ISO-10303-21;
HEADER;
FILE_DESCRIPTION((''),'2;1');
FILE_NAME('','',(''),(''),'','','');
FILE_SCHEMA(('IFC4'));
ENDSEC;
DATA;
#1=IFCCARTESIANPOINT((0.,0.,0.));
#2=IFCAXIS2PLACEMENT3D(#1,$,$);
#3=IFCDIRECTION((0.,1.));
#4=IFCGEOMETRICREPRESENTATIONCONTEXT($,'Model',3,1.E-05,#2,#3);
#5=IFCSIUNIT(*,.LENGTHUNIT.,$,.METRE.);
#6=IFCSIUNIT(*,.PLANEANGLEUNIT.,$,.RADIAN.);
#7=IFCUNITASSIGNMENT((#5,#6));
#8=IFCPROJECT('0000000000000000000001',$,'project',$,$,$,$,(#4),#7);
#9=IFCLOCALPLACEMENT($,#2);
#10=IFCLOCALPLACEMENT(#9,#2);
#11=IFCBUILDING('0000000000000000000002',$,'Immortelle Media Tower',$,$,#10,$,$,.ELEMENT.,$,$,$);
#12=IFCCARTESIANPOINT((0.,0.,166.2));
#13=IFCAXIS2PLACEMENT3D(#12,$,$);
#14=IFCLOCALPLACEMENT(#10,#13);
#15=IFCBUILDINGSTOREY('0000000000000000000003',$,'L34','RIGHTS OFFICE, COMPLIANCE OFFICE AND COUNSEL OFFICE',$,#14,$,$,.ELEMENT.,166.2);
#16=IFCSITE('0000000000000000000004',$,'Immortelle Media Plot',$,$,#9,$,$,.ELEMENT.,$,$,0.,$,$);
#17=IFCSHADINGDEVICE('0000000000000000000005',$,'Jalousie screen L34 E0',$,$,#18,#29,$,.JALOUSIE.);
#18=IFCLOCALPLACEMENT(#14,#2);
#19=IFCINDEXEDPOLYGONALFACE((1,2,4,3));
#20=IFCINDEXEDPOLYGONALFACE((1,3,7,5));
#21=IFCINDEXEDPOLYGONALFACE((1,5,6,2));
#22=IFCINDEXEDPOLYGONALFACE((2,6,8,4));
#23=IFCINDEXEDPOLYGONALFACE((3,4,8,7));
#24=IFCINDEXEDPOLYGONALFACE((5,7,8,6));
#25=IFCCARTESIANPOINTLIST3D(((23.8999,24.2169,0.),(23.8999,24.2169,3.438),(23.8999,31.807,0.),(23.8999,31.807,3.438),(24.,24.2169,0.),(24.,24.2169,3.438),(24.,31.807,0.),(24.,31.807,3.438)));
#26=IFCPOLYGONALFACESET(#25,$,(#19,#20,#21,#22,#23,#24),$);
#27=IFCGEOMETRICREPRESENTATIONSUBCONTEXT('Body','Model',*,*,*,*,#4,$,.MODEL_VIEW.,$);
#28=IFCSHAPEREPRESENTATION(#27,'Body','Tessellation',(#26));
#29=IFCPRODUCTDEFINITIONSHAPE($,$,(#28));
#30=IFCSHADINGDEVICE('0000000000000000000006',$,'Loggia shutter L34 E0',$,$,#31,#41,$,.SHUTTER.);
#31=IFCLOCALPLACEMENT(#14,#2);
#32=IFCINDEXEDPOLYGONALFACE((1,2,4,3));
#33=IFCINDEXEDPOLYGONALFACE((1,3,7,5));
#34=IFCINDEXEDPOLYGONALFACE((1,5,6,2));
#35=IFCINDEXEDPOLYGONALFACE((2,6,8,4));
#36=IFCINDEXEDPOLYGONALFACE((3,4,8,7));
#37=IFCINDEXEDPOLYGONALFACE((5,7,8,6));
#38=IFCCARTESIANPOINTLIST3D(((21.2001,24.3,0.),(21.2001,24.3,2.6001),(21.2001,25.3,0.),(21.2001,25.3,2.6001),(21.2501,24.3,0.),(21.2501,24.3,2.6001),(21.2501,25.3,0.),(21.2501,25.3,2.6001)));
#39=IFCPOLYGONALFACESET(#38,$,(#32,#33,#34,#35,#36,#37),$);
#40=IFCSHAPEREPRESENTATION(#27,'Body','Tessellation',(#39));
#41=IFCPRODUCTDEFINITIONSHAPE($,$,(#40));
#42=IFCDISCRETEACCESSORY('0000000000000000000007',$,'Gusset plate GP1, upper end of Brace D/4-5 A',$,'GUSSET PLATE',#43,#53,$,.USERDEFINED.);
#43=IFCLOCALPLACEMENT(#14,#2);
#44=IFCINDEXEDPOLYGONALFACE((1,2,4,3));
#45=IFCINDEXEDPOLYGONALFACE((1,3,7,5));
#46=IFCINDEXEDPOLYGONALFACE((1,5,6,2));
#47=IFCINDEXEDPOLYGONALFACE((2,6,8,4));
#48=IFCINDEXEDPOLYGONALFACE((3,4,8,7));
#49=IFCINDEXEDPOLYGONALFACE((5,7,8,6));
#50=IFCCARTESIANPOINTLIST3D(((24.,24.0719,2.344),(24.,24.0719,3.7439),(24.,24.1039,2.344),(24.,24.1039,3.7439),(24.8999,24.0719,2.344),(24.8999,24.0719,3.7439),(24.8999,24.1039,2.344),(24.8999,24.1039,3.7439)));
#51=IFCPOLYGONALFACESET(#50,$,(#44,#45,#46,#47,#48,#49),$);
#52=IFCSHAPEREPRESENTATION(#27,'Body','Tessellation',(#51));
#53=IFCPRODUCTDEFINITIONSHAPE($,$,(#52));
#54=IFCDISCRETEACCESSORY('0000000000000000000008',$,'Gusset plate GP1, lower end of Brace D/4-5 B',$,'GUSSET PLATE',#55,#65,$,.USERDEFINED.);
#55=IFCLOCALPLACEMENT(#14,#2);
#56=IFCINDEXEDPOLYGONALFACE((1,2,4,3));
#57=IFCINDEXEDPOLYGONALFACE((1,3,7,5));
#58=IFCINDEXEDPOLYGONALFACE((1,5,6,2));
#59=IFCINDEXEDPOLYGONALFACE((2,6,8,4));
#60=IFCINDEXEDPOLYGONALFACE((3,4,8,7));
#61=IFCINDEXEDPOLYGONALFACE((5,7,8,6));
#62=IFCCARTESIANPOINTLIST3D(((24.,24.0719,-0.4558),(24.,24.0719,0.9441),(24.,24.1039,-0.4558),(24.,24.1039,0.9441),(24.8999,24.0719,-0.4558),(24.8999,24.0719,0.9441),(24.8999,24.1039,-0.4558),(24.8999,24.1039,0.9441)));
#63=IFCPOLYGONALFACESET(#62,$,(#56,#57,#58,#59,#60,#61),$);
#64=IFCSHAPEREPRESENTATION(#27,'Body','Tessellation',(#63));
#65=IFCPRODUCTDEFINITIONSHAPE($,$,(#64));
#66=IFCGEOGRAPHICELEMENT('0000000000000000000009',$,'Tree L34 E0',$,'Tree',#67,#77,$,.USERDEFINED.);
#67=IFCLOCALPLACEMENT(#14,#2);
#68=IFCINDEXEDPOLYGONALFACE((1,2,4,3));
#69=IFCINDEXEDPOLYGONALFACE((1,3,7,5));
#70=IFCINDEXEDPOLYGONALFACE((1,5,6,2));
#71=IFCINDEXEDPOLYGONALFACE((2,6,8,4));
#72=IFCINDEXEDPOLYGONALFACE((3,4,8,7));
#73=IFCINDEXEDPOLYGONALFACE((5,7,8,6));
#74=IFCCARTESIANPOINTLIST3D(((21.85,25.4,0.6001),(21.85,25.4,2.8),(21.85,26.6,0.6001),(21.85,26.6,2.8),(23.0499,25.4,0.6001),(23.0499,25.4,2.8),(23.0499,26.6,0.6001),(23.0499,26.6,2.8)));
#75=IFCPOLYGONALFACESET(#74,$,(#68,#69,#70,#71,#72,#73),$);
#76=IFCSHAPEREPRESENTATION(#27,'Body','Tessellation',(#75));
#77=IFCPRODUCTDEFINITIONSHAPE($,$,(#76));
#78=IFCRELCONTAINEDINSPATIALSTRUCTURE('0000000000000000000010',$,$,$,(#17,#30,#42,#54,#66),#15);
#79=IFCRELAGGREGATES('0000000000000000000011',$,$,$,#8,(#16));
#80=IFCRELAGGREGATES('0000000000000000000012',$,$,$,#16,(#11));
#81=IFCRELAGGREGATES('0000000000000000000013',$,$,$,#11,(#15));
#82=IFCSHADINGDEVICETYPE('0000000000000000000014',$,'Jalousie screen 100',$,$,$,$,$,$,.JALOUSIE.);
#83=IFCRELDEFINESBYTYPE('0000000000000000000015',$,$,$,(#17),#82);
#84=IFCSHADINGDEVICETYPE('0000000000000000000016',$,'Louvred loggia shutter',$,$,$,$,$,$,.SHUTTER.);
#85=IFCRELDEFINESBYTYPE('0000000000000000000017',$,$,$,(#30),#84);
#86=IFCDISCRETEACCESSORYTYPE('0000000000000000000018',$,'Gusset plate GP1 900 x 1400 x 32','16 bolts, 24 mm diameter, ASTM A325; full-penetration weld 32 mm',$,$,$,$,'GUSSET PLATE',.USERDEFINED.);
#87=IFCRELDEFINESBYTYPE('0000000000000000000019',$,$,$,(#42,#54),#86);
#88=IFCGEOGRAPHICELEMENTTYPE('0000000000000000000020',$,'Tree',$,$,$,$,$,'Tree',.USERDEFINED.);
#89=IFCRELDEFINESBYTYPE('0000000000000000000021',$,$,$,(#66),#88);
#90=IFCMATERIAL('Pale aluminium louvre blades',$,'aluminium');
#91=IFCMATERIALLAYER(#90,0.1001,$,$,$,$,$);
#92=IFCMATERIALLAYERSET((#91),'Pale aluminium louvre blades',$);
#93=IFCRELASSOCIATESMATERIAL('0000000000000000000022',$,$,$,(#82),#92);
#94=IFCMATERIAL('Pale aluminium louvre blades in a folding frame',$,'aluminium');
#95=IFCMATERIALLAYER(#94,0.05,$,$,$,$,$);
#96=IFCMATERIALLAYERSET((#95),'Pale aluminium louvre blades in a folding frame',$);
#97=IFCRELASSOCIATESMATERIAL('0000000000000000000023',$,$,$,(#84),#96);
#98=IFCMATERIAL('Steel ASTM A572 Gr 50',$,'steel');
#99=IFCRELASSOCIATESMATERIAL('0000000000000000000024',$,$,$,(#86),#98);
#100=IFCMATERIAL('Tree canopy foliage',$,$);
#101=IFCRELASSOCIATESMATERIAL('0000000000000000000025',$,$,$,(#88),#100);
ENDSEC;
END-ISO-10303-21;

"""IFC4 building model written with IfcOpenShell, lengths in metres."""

from ifc_helpers import new_model, si_unit, direction, frame, origin, origin_2d, place, context, subcontext, project, spatial, rectangle, extrude, material, layer, layer_set, material_profile, profile_set, type_object, element, save


model = new_model("IFC4")

# Units and contexts
model_context = context("Model", 3, precision=1e-05, world=origin(), true_north=direction((0.0, 1.0)))
body_context = subcontext(model_context, "Body", "Model", "MODEL_VIEW")
ifc_project = project(units=[si_unit("LENGTHUNIT", "METRE"), si_unit("PLANEANGLEUNIT", "RADIAN")], contexts=[model_context])

# Site, building, storey
site_placement = place(None, origin())
site = spatial("IfcSite", under=ifc_project, at=site_placement, Name="Immortelle Media Plot", CompositionType="ELEMENT", RefElevation=0.0)
building_placement = place(site_placement, origin())
building = spatial("IfcBuilding", under=site, at=building_placement, Name="Immortelle Media Tower", CompositionType="ELEMENT")
storey_placement = place(building_placement, frame((0.0, 0.0, 166.2)))
storey = spatial("IfcBuildingStorey", under=building, at=storey_placement, Name="L34", Description="RIGHTS OFFICE, COMPLIANCE OFFICE AND COUNSEL OFFICE", CompositionType="ELEMENT", Elevation=166.2)

# Shading devices
ifc_material_1 = material(Name="Pale aluminium louvre blades", Category="aluminium")
ifc_layer_1 = layer(ifc_material_1, 0.1001)
ifc_layer_set_1 = layer_set([ifc_layer_1], Name="Pale aluminium louvre blades")
shading_device_type_1 = type_object("IfcShadingDeviceType", Name="Jalousie screen 100", PredefinedType="JALOUSIE", material=ifc_layer_set_1)
shading_device_1_placement = place(storey_placement, frame((23.95, 28.012, 0.0), z_axis=(0.0, 0.0, 1.0), x_axis=(0.0, 1.0, 0.0)))
element("IfcShadingDevice", 1, at=shading_device_1_placement, inside=storey, type_object=shading_device_type_1, Name="Jalousie screen L34 E0", PredefinedType="JALOUSIE", context=body_context, shape_type="SweptSolid", body=[
    extrude(rectangle(XDim=7.5901, YDim=0.1001, at=origin_2d()), origin(), (0.0, 0.0, 1.0), 3.438),
])
ifc_material_2 = material(Name="Pale aluminium louvre blades in a folding frame", Category="aluminium")
ifc_layer_2 = layer(ifc_material_2, 0.05)
ifc_layer_set_2 = layer_set([ifc_layer_2], Name="Pale aluminium louvre blades in a folding frame")
shading_device_type_2 = type_object("IfcShadingDeviceType", Name="Louvred loggia shutter", PredefinedType="SHUTTER", material=ifc_layer_set_2)
shading_device_2_placement = place(storey_placement, frame((21.2251, 24.8, 0.0), z_axis=(0.0, 0.0, 1.0), x_axis=(0.0, 1.0, 0.0)))
element("IfcShadingDevice", 2, at=shading_device_2_placement, inside=storey, type_object=shading_device_type_2, Name="Loggia shutter L34 E0", PredefinedType="SHUTTER", context=body_context, shape_type="SweptSolid", body=[
    extrude(rectangle(XDim=1.0, YDim=0.05, at=origin_2d()), origin(), (0.0, 0.0, 1.0), 2.6001),
])

# Discrete accessories
ifc_material_3 = material(Name="Steel ASTM A572 Gr 50", Category="steel")
ifc_material_profile_1 = material_profile(ifc_material_3, rectangle(XDim=0.032, YDim=1.3999, at=origin_2d()), Name="PL 32 x 1400")
ifc_profile_set_1 = profile_set([ifc_material_profile_1], Name="Steel ASTM A572 Gr 50")
discrete_accessory_type = type_object("IfcDiscreteAccessoryType", Name="Gusset plate GP1 900 x 1400 x 32", Description="16 bolts, 24 mm diameter, ASTM A325; full-penetration weld 32 mm", ElementType="GUSSET PLATE", PredefinedType="USERDEFINED", material=ifc_profile_set_1)
for number, where, z_axis, x_axis, name in (
    (3, (24.0, 24.0879, 3.0439), (1.0, 0.0, 0.0), (0.0, 1.0, 0.0), "Gusset plate GP1, upper end of Brace D/4-5 A"),
    (4, (24.0, 24.0879, 0.2441), (1.0, 0.0, 0.0), (0.0, 1.0, 0.0), "Gusset plate GP1, lower end of Brace D/4-5 B"),
):
    element("IfcDiscreteAccessory", number, at=place(storey_placement, frame(where, z_axis=z_axis, x_axis=x_axis)), inside=storey, type_object=discrete_accessory_type, Name=name, ObjectType="GUSSET PLATE", PredefinedType="USERDEFINED", context=body_context, shape_type="SweptSolid", body=[
        extrude(rectangle(XDim=0.032, YDim=1.3999, at=origin_2d()), origin(), (0.0, 0.0, 1.0), 0.8999),
    ])

# Geographic element
ifc_material_4 = material(Name="Tree canopy foliage")
geographic_element_type = type_object("IfcGeographicElementType", Name="Tree", ElementType="Tree", PredefinedType="USERDEFINED", material=ifc_material_4)
geographic_element_placement = place(storey_placement, frame((22.45, 26.0, 0.6001), z_axis=(0.0, 0.0, 1.0), x_axis=(1.0, 0.0, 0.0)))
element("IfcGeographicElement", 5, at=geographic_element_placement, inside=storey, type_object=geographic_element_type, Name="Tree L34 E0", ObjectType="Tree", PredefinedType="USERDEFINED", context=body_context, shape_type="SweptSolid", body=[
    extrude(rectangle(XDim=1.2, YDim=1.2, at=origin_2d()), origin(), (0.0, 0.0, 1.0), 2.2),
])

save(model, "model.ifc")
